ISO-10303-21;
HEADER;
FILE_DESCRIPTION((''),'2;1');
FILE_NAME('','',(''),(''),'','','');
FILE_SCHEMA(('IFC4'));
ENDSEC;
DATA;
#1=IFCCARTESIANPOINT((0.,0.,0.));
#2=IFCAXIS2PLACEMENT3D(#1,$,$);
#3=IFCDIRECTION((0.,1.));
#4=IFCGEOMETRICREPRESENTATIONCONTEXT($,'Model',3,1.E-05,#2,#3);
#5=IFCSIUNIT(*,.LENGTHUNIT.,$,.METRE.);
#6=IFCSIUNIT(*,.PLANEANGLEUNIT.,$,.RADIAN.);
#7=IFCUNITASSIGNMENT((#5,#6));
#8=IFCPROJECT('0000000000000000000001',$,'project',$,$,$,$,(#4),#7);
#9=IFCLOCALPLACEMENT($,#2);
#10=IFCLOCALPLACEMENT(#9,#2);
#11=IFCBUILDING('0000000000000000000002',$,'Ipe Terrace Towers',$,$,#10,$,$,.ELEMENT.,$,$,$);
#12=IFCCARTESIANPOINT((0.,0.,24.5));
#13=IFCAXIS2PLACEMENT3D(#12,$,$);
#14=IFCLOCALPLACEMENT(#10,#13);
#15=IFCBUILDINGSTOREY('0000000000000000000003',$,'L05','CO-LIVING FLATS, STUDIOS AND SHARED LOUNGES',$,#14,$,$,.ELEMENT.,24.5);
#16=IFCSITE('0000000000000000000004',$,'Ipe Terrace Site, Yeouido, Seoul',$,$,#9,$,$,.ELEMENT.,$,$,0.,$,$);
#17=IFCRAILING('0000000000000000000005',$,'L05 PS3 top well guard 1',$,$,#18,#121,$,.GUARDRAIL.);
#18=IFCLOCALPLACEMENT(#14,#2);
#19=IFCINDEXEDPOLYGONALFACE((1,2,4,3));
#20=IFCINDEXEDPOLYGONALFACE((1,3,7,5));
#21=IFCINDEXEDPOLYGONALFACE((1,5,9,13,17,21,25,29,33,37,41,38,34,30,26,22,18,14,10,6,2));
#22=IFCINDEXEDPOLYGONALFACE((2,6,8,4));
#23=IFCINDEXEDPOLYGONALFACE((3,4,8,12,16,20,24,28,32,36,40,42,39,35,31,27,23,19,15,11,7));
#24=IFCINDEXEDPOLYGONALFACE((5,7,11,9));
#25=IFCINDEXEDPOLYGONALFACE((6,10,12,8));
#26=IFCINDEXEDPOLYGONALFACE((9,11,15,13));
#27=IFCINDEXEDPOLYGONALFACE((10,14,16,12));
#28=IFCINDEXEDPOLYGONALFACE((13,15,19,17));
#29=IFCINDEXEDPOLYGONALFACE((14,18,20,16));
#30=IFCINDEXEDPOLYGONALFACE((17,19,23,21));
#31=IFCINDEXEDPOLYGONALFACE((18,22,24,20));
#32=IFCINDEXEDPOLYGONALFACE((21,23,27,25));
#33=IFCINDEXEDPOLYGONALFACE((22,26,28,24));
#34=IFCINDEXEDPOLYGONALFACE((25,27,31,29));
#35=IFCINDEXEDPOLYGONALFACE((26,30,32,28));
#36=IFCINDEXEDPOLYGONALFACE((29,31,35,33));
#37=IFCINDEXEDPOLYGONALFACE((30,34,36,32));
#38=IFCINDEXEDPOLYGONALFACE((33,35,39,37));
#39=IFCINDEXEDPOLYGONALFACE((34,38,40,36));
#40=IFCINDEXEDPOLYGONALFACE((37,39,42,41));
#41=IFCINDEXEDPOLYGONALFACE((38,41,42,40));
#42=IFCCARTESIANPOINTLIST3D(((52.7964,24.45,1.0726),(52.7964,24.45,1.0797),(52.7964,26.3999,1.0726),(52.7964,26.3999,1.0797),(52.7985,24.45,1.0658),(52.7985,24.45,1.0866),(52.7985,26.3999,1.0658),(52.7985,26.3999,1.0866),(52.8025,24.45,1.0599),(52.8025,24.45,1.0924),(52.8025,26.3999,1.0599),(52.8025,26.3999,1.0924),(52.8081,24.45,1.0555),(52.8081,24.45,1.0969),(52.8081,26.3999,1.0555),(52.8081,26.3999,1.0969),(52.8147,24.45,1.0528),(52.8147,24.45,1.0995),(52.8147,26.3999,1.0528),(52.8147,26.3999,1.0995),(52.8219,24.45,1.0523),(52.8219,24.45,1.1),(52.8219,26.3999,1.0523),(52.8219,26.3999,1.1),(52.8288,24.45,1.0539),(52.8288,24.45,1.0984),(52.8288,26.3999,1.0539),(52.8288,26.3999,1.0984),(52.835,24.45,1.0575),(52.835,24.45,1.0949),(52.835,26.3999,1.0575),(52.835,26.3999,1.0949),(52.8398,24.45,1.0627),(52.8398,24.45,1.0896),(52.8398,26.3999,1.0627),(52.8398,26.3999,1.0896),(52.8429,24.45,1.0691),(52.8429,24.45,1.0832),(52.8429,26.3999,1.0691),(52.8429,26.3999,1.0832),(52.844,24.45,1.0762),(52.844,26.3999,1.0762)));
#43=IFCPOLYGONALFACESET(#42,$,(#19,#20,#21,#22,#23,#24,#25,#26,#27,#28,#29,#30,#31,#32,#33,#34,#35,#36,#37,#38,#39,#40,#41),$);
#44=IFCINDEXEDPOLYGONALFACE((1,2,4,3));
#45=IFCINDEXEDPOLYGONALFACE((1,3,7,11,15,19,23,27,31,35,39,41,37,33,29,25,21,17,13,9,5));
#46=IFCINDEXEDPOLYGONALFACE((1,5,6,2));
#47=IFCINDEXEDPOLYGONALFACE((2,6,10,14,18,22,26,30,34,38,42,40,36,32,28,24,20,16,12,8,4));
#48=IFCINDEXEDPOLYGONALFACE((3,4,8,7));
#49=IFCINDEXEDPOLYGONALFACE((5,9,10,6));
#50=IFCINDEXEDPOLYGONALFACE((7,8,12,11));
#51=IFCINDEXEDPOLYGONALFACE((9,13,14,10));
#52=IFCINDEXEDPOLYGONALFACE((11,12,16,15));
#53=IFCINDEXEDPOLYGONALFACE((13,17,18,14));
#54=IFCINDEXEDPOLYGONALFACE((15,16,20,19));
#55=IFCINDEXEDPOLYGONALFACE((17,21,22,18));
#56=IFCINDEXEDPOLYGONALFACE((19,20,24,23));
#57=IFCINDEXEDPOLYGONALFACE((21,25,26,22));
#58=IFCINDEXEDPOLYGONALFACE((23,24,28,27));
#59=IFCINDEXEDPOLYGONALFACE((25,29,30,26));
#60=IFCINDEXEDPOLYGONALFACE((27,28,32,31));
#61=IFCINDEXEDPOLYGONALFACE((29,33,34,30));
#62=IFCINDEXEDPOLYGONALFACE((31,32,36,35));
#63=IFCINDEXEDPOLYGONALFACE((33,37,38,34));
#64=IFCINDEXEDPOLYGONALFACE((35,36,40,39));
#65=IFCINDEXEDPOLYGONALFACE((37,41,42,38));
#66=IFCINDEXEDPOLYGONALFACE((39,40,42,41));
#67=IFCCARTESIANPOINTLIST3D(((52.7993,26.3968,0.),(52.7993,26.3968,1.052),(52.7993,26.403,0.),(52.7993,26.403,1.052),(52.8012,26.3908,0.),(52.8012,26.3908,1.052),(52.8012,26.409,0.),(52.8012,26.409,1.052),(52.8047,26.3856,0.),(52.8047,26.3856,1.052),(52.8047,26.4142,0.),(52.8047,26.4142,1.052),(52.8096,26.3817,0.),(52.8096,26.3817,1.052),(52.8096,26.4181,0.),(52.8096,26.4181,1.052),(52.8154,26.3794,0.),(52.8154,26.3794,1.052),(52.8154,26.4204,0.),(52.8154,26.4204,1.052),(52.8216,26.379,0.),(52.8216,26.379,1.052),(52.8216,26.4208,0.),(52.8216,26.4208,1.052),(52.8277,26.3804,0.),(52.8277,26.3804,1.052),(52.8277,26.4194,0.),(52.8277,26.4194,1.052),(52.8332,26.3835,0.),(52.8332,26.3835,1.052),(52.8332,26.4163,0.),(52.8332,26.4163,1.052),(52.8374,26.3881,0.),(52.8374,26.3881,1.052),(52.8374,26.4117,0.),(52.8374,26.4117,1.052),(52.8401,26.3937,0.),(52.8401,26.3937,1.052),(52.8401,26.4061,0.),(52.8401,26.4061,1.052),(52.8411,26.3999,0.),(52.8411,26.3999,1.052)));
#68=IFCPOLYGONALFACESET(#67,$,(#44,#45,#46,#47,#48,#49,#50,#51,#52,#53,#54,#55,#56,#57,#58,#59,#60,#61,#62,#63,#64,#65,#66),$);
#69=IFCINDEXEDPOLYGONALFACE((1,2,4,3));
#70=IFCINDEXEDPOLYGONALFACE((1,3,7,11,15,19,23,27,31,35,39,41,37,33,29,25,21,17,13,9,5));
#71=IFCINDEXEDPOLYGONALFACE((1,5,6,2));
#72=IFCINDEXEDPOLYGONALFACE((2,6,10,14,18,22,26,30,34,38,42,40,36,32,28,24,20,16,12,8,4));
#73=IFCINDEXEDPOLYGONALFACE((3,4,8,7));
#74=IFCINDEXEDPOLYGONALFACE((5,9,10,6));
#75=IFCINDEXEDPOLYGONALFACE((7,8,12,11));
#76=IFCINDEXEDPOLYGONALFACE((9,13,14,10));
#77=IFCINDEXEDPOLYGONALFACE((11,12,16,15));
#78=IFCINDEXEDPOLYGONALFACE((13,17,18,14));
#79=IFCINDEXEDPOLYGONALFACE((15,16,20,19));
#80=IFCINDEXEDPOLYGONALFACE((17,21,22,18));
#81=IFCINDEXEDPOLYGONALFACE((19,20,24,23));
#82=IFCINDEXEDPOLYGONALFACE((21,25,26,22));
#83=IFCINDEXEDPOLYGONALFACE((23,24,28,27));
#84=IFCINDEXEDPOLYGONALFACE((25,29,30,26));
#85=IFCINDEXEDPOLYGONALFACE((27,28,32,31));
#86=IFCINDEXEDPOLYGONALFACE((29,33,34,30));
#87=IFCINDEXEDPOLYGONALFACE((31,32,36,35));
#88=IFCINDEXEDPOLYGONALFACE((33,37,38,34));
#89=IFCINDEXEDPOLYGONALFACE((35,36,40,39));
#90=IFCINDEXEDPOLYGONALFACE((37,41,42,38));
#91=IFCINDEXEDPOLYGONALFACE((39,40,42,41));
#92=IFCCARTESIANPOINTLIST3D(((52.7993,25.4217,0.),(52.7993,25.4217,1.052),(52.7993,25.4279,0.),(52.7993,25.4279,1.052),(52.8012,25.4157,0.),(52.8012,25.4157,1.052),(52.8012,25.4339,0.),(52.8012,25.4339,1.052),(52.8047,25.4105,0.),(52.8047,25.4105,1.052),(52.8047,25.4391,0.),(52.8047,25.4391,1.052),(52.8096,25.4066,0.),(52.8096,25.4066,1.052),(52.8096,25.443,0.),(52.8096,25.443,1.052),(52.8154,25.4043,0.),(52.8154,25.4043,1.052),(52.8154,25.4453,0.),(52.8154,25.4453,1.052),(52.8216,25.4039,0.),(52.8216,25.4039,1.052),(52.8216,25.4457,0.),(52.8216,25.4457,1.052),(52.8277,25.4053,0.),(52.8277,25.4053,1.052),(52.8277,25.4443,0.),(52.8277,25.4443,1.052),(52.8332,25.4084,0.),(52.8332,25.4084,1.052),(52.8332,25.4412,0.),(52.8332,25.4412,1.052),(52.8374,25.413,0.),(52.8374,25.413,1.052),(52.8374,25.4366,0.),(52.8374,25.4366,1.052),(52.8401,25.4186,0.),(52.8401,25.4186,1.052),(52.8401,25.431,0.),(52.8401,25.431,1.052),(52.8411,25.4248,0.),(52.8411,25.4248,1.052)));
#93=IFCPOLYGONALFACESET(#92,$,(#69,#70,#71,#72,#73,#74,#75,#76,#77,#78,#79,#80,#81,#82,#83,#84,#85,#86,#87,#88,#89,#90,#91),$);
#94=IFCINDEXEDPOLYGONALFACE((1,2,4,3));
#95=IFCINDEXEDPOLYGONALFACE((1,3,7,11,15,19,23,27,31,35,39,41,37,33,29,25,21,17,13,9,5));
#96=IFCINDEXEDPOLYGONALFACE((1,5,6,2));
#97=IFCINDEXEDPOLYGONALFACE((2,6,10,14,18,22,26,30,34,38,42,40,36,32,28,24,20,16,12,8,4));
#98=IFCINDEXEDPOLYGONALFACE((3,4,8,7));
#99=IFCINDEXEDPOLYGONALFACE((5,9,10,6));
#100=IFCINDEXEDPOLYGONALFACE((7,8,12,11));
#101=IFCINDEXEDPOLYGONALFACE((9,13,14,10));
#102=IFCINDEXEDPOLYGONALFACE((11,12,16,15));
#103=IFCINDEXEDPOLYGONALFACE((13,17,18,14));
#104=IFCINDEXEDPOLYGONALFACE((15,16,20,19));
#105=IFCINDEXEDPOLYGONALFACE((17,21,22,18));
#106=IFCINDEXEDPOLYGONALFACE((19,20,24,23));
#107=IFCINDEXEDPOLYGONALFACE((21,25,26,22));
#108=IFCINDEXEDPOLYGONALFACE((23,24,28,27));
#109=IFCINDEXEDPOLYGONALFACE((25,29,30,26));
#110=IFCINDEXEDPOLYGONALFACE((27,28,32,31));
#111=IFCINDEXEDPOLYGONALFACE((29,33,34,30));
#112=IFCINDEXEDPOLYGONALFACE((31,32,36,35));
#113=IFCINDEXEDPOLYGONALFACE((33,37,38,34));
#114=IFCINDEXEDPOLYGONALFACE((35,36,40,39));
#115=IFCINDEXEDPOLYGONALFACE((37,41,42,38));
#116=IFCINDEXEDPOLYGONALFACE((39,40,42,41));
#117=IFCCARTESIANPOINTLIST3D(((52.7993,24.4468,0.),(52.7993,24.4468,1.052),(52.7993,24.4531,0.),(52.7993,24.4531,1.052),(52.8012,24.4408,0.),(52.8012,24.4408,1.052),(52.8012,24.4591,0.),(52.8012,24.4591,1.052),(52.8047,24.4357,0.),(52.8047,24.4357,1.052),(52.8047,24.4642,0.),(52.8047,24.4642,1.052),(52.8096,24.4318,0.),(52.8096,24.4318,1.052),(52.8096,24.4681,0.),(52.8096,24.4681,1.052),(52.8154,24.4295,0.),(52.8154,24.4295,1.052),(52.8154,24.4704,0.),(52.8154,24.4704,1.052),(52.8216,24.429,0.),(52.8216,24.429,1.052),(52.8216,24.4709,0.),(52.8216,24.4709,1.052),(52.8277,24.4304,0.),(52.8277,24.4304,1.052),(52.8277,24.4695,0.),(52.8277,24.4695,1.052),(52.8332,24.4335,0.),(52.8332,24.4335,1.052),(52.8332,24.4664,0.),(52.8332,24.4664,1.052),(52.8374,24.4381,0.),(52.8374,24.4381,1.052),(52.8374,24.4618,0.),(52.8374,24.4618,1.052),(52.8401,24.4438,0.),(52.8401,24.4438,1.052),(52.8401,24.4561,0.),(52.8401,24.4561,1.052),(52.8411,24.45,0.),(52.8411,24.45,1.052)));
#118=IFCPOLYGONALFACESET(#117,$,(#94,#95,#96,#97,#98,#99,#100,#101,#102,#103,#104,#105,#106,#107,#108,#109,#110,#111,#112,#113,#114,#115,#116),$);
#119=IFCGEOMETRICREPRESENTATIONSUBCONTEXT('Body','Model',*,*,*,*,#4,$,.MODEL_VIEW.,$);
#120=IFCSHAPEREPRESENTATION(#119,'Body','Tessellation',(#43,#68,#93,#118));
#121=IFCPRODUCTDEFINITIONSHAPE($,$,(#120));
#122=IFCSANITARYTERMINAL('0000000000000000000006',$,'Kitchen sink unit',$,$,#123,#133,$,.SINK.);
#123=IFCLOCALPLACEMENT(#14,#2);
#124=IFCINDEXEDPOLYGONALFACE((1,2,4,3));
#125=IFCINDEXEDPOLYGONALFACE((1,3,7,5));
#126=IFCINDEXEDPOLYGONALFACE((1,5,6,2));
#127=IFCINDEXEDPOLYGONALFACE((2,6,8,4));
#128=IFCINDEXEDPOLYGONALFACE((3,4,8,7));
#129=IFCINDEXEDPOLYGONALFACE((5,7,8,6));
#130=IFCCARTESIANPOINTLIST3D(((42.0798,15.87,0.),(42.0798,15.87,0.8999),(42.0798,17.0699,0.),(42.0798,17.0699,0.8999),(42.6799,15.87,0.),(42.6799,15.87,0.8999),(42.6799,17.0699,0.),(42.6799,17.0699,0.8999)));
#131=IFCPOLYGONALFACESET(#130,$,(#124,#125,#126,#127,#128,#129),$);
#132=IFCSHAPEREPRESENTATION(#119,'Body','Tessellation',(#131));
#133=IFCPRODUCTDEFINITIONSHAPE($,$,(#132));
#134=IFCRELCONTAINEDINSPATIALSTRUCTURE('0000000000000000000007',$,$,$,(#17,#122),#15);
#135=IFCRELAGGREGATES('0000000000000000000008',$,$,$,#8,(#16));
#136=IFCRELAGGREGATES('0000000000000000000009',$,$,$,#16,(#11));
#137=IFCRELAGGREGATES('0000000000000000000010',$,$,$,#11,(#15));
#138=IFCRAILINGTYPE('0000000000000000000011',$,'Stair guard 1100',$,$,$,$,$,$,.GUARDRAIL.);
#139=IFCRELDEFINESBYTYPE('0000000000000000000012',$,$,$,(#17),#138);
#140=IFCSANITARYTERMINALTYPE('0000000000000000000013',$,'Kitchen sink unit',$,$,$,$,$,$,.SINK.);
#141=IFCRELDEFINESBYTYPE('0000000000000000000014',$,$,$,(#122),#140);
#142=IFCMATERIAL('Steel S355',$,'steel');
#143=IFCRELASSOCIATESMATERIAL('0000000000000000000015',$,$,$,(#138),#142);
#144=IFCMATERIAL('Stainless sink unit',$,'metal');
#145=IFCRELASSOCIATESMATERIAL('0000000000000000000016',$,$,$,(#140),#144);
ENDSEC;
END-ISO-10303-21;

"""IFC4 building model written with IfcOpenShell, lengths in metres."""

from ifc_helpers import new_model, si_unit, direction, frame, origin, origin_2d, place, context, subcontext, project, spatial, rectangle, circle, extrude, material, type_object, element, save


model = new_model("IFC4")

# Units and contexts
model_context = context("Model", 3, precision=1e-05, world=origin(), true_north=direction((0.0, 1.0)))
body_context = subcontext(model_context, "Body", "Model", "MODEL_VIEW")
ifc_project = project(units=[si_unit("LENGTHUNIT", "METRE"), si_unit("PLANEANGLEUNIT", "RADIAN")], contexts=[model_context])

# Site, building, storey
site_placement = place(None, origin())
site = spatial("IfcSite", under=ifc_project, at=site_placement, Name="Ipe Terrace Site, Yeouido, Seoul", CompositionType="ELEMENT", RefElevation=0.0)
building_placement = place(site_placement, origin())
building = spatial("IfcBuilding", under=site, at=building_placement, Name="Ipe Terrace Towers", CompositionType="ELEMENT")
storey_placement = place(building_placement, frame((0.0, 0.0, 24.5)))
storey = spatial("IfcBuildingStorey", under=building, at=storey_placement, Name="L05", Description="CO-LIVING FLATS, STUDIOS AND SHARED LOUNGES", CompositionType="ELEMENT", Elevation=24.5)

# Railing
ifc_material_1 = material(Name="Steel S355", Category="steel")
railing_type = type_object("IfcRailingType", Name="Stair guard 1100", PredefinedType="GUARDRAIL", material=ifc_material_1)
railing_placement = place(storey_placement, frame((52.8201, 26.3999, 0.0)))
element("IfcRailing", 1, at=railing_placement, inside=storey, type_object=railing_type, Name="L05 PS3 top well guard 1", PredefinedType="GUARDRAIL", context=body_context, shape_type="SweptSolid", body=[
    extrude(circle(Radius=0.0239, at=origin_2d()), frame((0.0, 0.0, 1.0762), z_axis=(0.0, -1.0, 0.0), x_axis=(1.0, 0.0, 0.0)), (0.0, 0.0, 1.0), 1.95),
    extrude(circle(Radius=0.021, at=origin_2d()), origin(), (0.0, 0.0, 1.0), 1.052),
    extrude(circle(Radius=0.021, at=origin_2d()), frame((0.0, -0.9751, 0.0)), (0.0, 0.0, 1.0), 1.052),
    extrude(circle(Radius=0.021, at=origin_2d()), frame((0.0, -1.95, 0.0)), (0.0, 0.0, 1.0), 1.052),
])

# Sanitary terminal
ifc_material_2 = material(Name="Stainless sink unit", Category="metal")
sanitary_terminal_type = type_object("IfcSanitaryTerminalType", Name="Kitchen sink unit", PredefinedType="SINK", material=ifc_material_2)
sanitary_terminal_placement = place(storey_placement, frame((42.3799, 16.47, 0.0), z_axis=(0.0, 0.0, 1.0), x_axis=(0.0, -1.0, 0.0)))
element("IfcSanitaryTerminal", 2, at=sanitary_terminal_placement, inside=storey, type_object=sanitary_terminal_type, Name="Kitchen sink unit", PredefinedType="SINK", context=body_context, shape_type="SweptSolid", body=[
    extrude(rectangle(XDim=1.2, YDim=0.6001, at=origin_2d()), origin(), (0.0, 0.0, 1.0), 0.8999),
])

save(model, "model.ifc")
